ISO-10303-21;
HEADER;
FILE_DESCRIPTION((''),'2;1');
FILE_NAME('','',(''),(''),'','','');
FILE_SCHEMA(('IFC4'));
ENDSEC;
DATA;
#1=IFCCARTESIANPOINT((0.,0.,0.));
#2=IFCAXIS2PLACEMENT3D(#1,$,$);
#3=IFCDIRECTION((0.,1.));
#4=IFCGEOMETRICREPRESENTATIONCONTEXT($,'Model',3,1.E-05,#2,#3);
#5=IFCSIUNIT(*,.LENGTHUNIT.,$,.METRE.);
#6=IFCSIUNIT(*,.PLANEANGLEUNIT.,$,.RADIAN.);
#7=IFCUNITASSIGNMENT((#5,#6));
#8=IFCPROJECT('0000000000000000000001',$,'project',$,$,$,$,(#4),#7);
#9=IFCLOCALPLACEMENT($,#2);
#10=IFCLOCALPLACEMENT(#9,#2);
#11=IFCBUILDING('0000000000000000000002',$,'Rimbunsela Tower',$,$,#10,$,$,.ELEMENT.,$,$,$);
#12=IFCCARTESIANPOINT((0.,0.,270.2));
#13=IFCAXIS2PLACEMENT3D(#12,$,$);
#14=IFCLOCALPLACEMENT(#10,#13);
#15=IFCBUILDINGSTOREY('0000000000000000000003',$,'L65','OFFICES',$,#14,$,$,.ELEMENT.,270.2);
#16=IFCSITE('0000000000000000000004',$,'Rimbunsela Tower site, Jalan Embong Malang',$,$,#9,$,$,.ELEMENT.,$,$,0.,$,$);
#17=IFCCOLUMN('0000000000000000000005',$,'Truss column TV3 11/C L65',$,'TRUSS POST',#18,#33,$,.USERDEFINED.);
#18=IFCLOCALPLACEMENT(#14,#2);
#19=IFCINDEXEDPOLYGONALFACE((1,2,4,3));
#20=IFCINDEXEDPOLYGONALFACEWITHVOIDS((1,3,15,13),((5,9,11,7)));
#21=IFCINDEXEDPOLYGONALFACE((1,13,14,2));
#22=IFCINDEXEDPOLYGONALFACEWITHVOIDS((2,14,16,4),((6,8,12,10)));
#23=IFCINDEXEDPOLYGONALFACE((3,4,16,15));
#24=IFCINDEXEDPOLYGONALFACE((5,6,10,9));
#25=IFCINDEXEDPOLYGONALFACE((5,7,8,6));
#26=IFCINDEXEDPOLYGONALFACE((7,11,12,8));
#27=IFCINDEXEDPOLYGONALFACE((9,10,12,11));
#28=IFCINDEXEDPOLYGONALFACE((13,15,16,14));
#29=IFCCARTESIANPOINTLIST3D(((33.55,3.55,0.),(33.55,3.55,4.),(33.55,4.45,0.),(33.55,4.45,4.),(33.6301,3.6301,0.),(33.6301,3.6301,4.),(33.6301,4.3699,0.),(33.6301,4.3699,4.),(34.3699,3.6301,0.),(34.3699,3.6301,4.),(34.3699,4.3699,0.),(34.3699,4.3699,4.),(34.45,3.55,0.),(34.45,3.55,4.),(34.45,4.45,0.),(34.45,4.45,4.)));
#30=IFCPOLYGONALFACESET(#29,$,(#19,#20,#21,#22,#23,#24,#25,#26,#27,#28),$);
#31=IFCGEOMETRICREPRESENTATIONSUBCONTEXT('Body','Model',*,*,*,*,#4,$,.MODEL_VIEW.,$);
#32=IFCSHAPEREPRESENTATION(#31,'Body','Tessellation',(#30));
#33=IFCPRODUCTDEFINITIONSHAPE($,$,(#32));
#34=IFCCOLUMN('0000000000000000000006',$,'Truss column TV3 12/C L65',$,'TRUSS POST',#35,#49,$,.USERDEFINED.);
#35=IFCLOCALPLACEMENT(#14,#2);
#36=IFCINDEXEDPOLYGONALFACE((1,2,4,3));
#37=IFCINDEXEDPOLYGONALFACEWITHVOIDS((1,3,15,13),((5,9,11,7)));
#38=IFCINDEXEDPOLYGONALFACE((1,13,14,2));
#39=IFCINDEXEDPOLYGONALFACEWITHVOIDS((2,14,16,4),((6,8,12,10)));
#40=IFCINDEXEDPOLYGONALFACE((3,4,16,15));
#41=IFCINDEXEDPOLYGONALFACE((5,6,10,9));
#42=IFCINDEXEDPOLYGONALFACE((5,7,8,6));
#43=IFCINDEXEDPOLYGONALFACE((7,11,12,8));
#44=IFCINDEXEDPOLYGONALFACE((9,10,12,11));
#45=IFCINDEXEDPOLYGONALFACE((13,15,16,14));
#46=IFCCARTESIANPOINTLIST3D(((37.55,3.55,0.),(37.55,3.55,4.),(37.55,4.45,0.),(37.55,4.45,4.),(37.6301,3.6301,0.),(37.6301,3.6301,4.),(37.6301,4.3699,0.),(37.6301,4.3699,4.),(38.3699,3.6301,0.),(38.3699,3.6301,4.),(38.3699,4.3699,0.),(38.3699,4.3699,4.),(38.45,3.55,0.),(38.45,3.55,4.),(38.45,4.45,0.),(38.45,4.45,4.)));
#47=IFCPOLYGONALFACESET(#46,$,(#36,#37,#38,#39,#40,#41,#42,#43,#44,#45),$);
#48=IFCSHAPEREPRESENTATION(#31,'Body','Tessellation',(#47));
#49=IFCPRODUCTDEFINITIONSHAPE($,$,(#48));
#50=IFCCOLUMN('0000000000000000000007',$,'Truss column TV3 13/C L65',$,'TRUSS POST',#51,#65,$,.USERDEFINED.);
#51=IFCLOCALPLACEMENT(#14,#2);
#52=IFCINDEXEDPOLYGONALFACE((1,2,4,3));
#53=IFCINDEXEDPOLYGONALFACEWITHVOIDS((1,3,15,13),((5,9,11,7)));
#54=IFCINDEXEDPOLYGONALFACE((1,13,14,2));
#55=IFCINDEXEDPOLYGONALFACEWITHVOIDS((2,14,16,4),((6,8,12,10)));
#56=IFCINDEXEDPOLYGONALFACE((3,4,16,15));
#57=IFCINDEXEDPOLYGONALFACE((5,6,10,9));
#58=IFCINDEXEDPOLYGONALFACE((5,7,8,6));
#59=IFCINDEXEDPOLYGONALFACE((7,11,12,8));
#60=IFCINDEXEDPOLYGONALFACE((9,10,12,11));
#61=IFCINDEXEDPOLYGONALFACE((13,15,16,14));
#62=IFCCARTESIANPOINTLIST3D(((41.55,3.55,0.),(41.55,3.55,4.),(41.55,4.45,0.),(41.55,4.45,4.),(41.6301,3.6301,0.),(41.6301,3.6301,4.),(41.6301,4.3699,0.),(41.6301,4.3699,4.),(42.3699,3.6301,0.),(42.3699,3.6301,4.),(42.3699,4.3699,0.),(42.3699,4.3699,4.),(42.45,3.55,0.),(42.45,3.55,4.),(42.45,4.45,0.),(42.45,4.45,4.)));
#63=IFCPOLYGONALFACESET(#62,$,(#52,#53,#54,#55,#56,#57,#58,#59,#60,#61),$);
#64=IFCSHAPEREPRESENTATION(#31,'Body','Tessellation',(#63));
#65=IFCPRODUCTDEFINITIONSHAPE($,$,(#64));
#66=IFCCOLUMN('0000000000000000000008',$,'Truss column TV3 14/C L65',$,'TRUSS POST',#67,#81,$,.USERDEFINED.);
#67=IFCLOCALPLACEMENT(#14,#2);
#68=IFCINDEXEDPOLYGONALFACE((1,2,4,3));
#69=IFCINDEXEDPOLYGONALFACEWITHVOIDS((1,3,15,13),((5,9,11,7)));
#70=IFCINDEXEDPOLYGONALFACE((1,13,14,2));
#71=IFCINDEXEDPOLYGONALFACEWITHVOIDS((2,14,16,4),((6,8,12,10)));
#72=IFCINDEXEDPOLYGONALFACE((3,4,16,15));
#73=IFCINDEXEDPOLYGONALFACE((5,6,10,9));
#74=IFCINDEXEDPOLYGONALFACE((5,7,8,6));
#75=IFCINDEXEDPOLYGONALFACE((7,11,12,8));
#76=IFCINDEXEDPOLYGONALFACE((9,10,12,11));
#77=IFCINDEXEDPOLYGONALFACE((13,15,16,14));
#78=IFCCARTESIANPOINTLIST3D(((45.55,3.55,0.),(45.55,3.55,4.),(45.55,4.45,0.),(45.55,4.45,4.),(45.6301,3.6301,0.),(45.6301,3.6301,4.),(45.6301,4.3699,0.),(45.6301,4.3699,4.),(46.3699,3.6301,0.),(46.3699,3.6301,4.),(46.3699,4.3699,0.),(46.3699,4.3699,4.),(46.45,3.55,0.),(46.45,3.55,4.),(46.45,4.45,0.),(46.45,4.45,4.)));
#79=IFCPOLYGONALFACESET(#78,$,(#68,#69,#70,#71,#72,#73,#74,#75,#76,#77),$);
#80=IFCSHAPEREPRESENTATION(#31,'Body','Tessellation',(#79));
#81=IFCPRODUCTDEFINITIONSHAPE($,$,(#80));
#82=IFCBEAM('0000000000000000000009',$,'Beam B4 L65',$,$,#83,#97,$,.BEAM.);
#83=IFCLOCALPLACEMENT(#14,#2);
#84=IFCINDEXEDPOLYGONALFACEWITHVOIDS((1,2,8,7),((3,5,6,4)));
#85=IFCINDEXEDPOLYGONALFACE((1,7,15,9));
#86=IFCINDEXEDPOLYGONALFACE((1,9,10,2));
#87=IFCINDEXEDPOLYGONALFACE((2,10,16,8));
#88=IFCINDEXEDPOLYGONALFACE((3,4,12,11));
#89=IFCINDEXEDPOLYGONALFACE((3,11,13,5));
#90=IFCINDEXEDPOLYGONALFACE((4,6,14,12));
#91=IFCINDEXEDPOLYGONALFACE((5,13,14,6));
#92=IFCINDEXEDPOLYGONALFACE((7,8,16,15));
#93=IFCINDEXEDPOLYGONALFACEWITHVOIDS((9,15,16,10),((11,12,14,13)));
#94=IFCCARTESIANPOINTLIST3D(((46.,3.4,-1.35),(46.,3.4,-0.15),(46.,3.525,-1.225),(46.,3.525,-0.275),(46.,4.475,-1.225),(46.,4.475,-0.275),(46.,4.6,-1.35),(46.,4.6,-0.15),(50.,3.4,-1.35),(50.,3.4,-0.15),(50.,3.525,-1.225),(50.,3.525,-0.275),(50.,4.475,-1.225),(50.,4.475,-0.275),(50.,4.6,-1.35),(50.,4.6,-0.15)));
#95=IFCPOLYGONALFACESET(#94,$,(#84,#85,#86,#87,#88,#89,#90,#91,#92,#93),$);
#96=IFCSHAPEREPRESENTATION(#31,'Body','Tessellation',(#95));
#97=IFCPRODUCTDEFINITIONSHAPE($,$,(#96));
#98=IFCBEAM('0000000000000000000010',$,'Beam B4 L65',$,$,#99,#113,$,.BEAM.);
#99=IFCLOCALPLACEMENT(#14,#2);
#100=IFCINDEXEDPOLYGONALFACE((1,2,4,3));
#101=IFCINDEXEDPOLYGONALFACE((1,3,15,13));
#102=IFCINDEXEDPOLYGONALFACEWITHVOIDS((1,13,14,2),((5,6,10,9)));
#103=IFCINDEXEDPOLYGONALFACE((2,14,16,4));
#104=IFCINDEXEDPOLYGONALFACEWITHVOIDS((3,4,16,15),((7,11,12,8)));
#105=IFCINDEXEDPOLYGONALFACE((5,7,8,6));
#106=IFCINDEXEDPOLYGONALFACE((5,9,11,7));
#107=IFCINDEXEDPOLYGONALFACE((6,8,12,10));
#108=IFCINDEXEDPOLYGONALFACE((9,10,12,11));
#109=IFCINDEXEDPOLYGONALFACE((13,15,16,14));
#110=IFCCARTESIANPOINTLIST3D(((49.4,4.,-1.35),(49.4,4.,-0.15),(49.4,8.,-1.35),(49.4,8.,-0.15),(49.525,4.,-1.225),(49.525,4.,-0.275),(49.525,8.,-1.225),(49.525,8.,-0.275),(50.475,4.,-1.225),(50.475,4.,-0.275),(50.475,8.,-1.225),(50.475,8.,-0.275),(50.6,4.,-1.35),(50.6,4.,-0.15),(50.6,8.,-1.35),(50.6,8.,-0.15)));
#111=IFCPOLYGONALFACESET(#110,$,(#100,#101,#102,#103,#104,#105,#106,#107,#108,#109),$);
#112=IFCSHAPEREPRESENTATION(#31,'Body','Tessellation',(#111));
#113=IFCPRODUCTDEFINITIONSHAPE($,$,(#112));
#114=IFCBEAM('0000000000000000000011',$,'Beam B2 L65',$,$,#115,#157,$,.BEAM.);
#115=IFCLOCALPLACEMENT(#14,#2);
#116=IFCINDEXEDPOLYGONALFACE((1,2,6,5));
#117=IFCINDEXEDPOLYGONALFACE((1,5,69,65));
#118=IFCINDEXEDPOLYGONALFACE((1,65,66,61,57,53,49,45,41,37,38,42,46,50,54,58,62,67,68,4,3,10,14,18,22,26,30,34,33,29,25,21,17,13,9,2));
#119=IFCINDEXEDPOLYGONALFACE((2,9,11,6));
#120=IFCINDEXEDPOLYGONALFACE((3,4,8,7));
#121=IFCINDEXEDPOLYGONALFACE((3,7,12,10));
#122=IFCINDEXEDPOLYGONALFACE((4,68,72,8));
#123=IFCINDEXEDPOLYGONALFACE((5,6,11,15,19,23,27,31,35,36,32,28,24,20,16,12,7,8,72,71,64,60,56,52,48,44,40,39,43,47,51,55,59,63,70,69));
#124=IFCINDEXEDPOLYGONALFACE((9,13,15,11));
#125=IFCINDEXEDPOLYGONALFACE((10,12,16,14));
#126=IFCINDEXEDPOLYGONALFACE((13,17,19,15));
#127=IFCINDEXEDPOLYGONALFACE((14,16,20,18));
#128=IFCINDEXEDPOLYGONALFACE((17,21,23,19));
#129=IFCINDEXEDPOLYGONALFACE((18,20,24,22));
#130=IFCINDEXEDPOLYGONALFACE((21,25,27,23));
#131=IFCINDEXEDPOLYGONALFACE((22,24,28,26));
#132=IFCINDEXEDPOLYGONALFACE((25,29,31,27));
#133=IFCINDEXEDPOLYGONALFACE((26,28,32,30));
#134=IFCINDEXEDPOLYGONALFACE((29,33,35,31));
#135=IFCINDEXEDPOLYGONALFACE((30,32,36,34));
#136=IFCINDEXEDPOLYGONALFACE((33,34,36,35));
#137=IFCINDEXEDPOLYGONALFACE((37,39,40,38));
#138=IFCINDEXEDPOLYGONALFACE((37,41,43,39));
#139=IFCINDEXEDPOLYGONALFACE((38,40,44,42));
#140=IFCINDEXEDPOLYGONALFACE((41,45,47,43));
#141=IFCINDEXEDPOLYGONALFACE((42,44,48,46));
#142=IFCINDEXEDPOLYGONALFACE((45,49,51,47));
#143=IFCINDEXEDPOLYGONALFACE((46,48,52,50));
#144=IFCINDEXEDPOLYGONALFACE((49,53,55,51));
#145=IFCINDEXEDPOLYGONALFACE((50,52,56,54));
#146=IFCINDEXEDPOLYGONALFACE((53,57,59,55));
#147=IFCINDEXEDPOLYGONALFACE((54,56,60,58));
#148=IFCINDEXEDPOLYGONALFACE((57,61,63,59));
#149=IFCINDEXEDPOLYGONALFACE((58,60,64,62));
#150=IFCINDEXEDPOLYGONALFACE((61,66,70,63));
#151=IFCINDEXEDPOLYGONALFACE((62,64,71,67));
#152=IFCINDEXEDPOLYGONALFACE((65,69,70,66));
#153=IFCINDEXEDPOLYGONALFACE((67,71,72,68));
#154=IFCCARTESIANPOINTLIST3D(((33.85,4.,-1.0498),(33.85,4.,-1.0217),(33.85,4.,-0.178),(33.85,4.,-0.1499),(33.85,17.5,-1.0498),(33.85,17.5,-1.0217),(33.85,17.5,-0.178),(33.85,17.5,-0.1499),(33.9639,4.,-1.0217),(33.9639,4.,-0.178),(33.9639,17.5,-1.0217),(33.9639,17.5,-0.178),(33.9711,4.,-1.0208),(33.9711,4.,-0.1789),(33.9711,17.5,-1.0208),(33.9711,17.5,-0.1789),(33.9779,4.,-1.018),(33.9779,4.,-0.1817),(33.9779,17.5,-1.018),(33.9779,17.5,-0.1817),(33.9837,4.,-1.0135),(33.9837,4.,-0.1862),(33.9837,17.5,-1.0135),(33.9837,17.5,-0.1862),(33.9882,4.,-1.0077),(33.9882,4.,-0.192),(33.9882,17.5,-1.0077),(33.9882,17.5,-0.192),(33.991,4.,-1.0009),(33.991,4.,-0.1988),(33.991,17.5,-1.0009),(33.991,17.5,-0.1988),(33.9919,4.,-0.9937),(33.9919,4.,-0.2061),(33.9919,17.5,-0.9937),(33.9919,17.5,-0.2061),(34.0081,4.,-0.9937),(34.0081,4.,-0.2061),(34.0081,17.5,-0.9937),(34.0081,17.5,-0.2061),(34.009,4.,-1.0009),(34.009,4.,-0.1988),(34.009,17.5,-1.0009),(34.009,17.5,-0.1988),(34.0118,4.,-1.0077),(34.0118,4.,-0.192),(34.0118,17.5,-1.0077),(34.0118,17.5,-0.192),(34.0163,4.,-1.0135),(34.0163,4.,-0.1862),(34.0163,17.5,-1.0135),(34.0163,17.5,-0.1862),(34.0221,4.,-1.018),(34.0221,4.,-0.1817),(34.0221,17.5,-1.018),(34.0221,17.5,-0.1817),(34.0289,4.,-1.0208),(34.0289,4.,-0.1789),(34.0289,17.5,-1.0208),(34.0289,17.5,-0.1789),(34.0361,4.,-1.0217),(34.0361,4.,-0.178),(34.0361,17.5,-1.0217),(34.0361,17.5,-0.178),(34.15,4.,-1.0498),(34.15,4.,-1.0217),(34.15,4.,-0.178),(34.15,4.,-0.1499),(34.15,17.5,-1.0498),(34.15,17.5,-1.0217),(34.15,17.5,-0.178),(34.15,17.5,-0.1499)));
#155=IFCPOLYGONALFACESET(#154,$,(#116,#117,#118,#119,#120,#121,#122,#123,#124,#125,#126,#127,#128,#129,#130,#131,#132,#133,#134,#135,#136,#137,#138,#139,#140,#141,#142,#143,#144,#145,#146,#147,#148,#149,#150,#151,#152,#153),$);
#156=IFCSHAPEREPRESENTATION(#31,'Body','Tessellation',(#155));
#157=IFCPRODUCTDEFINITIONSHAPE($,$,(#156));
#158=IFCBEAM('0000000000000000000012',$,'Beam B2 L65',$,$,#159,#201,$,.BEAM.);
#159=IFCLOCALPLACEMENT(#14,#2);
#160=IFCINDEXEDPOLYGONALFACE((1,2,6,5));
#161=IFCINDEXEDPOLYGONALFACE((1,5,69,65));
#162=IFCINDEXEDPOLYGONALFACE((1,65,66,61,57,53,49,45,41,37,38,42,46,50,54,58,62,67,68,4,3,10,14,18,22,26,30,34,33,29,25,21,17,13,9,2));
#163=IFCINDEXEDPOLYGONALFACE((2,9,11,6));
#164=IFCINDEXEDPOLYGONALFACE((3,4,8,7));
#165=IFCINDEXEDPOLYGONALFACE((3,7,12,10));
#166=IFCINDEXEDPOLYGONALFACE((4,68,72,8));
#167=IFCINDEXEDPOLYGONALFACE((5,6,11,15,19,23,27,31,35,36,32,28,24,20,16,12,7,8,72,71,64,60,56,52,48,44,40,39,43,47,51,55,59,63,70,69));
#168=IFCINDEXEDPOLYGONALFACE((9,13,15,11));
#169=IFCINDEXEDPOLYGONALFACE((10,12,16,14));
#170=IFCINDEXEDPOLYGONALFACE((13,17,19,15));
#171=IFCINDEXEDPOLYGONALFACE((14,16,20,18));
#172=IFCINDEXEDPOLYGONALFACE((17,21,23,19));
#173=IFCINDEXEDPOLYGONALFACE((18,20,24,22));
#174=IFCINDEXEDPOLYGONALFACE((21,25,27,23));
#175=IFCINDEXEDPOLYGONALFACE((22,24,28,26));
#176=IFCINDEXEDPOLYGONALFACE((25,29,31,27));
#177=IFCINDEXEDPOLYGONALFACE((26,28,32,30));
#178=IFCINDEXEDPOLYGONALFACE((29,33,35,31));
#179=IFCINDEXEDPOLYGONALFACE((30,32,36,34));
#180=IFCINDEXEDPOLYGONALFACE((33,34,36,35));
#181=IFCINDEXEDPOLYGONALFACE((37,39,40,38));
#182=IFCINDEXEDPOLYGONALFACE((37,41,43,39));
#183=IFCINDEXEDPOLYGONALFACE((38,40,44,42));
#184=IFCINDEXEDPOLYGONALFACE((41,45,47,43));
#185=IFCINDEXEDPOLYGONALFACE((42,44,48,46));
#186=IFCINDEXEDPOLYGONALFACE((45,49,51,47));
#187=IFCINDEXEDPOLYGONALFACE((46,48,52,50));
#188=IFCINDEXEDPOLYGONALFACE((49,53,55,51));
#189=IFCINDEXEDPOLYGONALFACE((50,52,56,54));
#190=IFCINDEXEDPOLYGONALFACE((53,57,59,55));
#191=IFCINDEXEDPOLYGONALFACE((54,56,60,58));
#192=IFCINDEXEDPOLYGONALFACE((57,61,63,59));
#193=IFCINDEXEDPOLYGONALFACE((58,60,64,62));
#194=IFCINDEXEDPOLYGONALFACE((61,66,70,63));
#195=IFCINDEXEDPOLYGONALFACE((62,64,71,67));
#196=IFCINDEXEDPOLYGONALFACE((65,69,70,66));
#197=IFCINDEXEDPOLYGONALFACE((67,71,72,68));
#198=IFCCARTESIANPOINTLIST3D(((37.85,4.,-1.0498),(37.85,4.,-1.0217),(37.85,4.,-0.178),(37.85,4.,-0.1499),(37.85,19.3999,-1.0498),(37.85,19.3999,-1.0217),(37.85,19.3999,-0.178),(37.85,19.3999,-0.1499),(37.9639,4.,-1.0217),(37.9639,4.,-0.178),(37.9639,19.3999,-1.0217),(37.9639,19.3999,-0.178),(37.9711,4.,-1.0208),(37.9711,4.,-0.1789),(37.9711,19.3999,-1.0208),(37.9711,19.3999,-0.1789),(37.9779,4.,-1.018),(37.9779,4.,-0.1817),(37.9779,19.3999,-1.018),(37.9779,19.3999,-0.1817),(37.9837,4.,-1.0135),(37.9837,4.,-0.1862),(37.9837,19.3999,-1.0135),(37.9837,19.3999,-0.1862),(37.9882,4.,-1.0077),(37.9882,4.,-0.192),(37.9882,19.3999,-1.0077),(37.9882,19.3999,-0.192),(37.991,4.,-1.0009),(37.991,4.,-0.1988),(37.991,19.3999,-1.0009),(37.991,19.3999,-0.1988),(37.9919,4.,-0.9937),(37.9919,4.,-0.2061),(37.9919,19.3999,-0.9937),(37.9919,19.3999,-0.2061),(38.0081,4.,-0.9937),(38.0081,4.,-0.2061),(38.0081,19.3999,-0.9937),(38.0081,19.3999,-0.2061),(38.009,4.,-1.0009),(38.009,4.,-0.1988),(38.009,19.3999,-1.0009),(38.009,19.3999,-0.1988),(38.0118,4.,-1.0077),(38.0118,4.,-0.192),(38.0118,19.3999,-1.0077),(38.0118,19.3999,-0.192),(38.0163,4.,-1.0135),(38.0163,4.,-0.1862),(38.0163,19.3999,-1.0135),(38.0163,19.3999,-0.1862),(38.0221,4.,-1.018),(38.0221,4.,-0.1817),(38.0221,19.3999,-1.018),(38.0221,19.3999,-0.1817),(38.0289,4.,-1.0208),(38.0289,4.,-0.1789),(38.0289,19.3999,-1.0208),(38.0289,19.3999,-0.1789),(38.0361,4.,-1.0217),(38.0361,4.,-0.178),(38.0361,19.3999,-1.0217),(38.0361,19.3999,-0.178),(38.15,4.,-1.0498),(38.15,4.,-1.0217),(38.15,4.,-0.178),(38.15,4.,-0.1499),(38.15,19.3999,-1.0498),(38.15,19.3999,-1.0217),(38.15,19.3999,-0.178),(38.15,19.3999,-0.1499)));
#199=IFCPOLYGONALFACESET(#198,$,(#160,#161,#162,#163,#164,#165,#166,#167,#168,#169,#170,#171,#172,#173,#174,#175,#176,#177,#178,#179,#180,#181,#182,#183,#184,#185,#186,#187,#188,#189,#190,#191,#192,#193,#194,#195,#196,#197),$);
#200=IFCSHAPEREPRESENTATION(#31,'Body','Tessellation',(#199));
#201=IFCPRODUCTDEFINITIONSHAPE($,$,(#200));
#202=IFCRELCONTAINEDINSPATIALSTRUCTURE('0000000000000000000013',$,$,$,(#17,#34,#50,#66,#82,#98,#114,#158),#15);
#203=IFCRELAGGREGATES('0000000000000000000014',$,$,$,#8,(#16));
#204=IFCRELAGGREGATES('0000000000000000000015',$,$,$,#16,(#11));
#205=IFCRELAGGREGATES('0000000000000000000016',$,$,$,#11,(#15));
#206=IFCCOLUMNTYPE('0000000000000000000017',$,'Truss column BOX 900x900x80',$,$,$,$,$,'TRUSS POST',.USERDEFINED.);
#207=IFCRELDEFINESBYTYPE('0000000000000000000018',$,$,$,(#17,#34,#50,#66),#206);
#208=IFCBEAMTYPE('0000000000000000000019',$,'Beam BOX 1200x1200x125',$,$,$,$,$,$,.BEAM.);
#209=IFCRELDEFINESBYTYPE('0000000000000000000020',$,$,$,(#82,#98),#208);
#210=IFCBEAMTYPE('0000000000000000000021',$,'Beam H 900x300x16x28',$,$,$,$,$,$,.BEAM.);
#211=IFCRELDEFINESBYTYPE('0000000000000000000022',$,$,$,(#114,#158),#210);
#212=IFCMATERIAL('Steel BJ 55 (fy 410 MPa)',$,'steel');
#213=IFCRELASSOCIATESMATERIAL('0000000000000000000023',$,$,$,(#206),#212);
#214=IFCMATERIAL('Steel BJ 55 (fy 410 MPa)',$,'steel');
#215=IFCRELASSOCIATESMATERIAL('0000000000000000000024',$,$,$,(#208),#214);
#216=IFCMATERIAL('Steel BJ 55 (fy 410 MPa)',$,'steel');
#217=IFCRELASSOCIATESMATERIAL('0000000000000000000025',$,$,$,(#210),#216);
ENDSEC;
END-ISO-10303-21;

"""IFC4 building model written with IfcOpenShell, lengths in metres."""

from ifc_helpers import new_model, si_unit, direction, frame, origin, origin_2d, place, context, subcontext, project, spatial, hollow_rectangle, i_section, extrude, material, material_profile, profile_set, type_object, element, save


model = new_model("IFC4")

# Units and contexts
model_context = context("Model", 3, precision=1e-05, world=origin(), true_north=direction((0.0, 1.0)))
body_context = subcontext(model_context, "Body", "Model", "MODEL_VIEW")
ifc_project = project(units=[si_unit("LENGTHUNIT", "METRE"), si_unit("PLANEANGLEUNIT", "RADIAN")], contexts=[model_context])

# Site, building, storey
site_placement = place(None, origin())
site = spatial("IfcSite", under=ifc_project, at=site_placement, Name="Rimbunsela Tower site, Jalan Embong Malang", CompositionType="ELEMENT", RefElevation=0.0)
building_placement = place(site_placement, origin())
building = spatial("IfcBuilding", under=site, at=building_placement, Name="Rimbunsela Tower", CompositionType="ELEMENT")
storey_placement = place(building_placement, frame((0.0, 0.0, 270.2)))
storey = spatial("IfcBuildingStorey", under=building, at=storey_placement, Name="L65", Description="OFFICES", CompositionType="ELEMENT", Elevation=270.2)

# Columns
ifc_material_1 = material(Name="Steel BJ 55 (fy 410 MPa)", Category="steel")
ifc_material_profile_1 = material_profile(ifc_material_1, hollow_rectangle(XDim=0.8999, YDim=0.8999, WallThickness=0.0801, at=origin_2d()), Name="BOX 900x900x80")
ifc_profile_set_1 = profile_set([ifc_material_profile_1], Name="Steel BJ 55 (fy 410 MPa)")
column_type = type_object("IfcColumnType", Name="Truss column BOX 900x900x80", ElementType="TRUSS POST", PredefinedType="USERDEFINED", material=ifc_profile_set_1)
for number, where, z_axis, x_axis, name in (
    (1, (34.0, 4.0, 0.0), (0.0, 0.0, 1.0), (1.0, 0.0, 0.0), "Truss column TV3 11/C L65"),
    (2, (38.0, 4.0, 0.0), (0.0, 0.0, 1.0), (1.0, 0.0, 0.0), "Truss column TV3 12/C L65"),
    (3, (42.0, 4.0, 0.0), (0.0, 0.0, 1.0), (1.0, 0.0, 0.0), "Truss column TV3 13/C L65"),
    (4, (46.0, 4.0, 0.0), (0.0, 0.0, 1.0), (1.0, 0.0, 0.0), "Truss column TV3 14/C L65"),
):
    element("IfcColumn", number, at=place(storey_placement, frame(where, z_axis=z_axis, x_axis=x_axis)), inside=storey, type_object=column_type, Name=name, ObjectType="TRUSS POST", PredefinedType="USERDEFINED", context=body_context, shape_type="SweptSolid", body=[
        extrude(hollow_rectangle(XDim=0.8999, YDim=0.8999, WallThickness=0.0801, at=origin_2d()), origin(), (0.0, 0.0, 1.0), 4.0),
    ])

# Beams
ifc_material_2 = material(Name="Steel BJ 55 (fy 410 MPa)", Category="steel")
ifc_material_profile_2 = material_profile(ifc_material_2, hollow_rectangle(XDim=1.2, YDim=1.2, WallThickness=0.125, at=origin_2d()), Name="BOX 1200x1200x125")
ifc_profile_set_2 = profile_set([ifc_material_profile_2], Name="Steel BJ 55 (fy 410 MPa)")
beam_type_1 = type_object("IfcBeamType", Name="Beam BOX 1200x1200x125", PredefinedType="BEAM", material=ifc_profile_set_2)
for number, where, z_axis, x_axis, name in (
    (5, (46.0, 4.0, -0.75), (1.0, 0.0, 0.0), (0.0, 1.0, 0.0), "Beam B4 L65"),
    (6, (50.0, 4.0, -0.75), (0.0, 1.0, 0.0), (-1.0, 0.0, 0.0), "Beam B4 L65"),
):
    element("IfcBeam", number, at=place(storey_placement, frame(where, z_axis=z_axis, x_axis=x_axis)), inside=storey, type_object=beam_type_1, Name=name, PredefinedType="BEAM", context=body_context, shape_type="SweptSolid", body=[
        extrude(hollow_rectangle(XDim=1.2, YDim=1.2, WallThickness=0.125, at=origin_2d()), origin(), (0.0, 0.0, 1.0), 4.0),
    ])
ifc_material_3 = material(Name="Steel BJ 55 (fy 410 MPa)", Category="steel")
ifc_material_profile_3 = material_profile(ifc_material_3, i_section(OverallWidth=0.3, OverallDepth=0.8999, WebThickness=0.0161, FlangeThickness=0.0281, FilletRadius=0.0281, at=origin_2d()), Name="H 900x300x16x28")
ifc_profile_set_3 = profile_set([ifc_material_profile_3], Name="Steel BJ 55 (fy 410 MPa)")
beam_type_2 = type_object("IfcBeamType", Name="Beam H 900x300x16x28", PredefinedType="BEAM", material=ifc_profile_set_3)
beam_1_placement = place(storey_placement, frame((34.0, 4.0, -0.5999), z_axis=(0.0, 1.0, 0.0), x_axis=(-1.0, 0.0, 0.0)))
element("IfcBeam", 7, at=beam_1_placement, inside=storey, type_object=beam_type_2, Name="Beam B2 L65", PredefinedType="BEAM", context=body_context, shape_type="SweptSolid", body=[
    extrude(i_section(OverallWidth=0.3, OverallDepth=0.8999, WebThickness=0.0161, FlangeThickness=0.0281, FilletRadius=0.0281, at=origin_2d()), origin(), (0.0, 0.0, 1.0), 13.5),
])
for number, where, z_axis, x_axis, name in (
    (8, (38.0, 4.0, -0.5999), (0.0, 1.0, 0.0), (-1.0, 0.0, 0.0), "Beam B2 L65"),
):
    element("IfcBeam", number, at=place(storey_placement, frame(where, z_axis=z_axis, x_axis=x_axis)), inside=storey, type_object=beam_type_2, Name=name, PredefinedType="BEAM", context=body_context, shape_type="SweptSolid", body=[
        extrude(i_section(OverallWidth=0.3, OverallDepth=0.8999, WebThickness=0.0161, FlangeThickness=0.0281, FilletRadius=0.0281, at=origin_2d()), origin(), (0.0, 0.0, 1.0), 15.3999),
    ])

save(model, "model.ifc")
